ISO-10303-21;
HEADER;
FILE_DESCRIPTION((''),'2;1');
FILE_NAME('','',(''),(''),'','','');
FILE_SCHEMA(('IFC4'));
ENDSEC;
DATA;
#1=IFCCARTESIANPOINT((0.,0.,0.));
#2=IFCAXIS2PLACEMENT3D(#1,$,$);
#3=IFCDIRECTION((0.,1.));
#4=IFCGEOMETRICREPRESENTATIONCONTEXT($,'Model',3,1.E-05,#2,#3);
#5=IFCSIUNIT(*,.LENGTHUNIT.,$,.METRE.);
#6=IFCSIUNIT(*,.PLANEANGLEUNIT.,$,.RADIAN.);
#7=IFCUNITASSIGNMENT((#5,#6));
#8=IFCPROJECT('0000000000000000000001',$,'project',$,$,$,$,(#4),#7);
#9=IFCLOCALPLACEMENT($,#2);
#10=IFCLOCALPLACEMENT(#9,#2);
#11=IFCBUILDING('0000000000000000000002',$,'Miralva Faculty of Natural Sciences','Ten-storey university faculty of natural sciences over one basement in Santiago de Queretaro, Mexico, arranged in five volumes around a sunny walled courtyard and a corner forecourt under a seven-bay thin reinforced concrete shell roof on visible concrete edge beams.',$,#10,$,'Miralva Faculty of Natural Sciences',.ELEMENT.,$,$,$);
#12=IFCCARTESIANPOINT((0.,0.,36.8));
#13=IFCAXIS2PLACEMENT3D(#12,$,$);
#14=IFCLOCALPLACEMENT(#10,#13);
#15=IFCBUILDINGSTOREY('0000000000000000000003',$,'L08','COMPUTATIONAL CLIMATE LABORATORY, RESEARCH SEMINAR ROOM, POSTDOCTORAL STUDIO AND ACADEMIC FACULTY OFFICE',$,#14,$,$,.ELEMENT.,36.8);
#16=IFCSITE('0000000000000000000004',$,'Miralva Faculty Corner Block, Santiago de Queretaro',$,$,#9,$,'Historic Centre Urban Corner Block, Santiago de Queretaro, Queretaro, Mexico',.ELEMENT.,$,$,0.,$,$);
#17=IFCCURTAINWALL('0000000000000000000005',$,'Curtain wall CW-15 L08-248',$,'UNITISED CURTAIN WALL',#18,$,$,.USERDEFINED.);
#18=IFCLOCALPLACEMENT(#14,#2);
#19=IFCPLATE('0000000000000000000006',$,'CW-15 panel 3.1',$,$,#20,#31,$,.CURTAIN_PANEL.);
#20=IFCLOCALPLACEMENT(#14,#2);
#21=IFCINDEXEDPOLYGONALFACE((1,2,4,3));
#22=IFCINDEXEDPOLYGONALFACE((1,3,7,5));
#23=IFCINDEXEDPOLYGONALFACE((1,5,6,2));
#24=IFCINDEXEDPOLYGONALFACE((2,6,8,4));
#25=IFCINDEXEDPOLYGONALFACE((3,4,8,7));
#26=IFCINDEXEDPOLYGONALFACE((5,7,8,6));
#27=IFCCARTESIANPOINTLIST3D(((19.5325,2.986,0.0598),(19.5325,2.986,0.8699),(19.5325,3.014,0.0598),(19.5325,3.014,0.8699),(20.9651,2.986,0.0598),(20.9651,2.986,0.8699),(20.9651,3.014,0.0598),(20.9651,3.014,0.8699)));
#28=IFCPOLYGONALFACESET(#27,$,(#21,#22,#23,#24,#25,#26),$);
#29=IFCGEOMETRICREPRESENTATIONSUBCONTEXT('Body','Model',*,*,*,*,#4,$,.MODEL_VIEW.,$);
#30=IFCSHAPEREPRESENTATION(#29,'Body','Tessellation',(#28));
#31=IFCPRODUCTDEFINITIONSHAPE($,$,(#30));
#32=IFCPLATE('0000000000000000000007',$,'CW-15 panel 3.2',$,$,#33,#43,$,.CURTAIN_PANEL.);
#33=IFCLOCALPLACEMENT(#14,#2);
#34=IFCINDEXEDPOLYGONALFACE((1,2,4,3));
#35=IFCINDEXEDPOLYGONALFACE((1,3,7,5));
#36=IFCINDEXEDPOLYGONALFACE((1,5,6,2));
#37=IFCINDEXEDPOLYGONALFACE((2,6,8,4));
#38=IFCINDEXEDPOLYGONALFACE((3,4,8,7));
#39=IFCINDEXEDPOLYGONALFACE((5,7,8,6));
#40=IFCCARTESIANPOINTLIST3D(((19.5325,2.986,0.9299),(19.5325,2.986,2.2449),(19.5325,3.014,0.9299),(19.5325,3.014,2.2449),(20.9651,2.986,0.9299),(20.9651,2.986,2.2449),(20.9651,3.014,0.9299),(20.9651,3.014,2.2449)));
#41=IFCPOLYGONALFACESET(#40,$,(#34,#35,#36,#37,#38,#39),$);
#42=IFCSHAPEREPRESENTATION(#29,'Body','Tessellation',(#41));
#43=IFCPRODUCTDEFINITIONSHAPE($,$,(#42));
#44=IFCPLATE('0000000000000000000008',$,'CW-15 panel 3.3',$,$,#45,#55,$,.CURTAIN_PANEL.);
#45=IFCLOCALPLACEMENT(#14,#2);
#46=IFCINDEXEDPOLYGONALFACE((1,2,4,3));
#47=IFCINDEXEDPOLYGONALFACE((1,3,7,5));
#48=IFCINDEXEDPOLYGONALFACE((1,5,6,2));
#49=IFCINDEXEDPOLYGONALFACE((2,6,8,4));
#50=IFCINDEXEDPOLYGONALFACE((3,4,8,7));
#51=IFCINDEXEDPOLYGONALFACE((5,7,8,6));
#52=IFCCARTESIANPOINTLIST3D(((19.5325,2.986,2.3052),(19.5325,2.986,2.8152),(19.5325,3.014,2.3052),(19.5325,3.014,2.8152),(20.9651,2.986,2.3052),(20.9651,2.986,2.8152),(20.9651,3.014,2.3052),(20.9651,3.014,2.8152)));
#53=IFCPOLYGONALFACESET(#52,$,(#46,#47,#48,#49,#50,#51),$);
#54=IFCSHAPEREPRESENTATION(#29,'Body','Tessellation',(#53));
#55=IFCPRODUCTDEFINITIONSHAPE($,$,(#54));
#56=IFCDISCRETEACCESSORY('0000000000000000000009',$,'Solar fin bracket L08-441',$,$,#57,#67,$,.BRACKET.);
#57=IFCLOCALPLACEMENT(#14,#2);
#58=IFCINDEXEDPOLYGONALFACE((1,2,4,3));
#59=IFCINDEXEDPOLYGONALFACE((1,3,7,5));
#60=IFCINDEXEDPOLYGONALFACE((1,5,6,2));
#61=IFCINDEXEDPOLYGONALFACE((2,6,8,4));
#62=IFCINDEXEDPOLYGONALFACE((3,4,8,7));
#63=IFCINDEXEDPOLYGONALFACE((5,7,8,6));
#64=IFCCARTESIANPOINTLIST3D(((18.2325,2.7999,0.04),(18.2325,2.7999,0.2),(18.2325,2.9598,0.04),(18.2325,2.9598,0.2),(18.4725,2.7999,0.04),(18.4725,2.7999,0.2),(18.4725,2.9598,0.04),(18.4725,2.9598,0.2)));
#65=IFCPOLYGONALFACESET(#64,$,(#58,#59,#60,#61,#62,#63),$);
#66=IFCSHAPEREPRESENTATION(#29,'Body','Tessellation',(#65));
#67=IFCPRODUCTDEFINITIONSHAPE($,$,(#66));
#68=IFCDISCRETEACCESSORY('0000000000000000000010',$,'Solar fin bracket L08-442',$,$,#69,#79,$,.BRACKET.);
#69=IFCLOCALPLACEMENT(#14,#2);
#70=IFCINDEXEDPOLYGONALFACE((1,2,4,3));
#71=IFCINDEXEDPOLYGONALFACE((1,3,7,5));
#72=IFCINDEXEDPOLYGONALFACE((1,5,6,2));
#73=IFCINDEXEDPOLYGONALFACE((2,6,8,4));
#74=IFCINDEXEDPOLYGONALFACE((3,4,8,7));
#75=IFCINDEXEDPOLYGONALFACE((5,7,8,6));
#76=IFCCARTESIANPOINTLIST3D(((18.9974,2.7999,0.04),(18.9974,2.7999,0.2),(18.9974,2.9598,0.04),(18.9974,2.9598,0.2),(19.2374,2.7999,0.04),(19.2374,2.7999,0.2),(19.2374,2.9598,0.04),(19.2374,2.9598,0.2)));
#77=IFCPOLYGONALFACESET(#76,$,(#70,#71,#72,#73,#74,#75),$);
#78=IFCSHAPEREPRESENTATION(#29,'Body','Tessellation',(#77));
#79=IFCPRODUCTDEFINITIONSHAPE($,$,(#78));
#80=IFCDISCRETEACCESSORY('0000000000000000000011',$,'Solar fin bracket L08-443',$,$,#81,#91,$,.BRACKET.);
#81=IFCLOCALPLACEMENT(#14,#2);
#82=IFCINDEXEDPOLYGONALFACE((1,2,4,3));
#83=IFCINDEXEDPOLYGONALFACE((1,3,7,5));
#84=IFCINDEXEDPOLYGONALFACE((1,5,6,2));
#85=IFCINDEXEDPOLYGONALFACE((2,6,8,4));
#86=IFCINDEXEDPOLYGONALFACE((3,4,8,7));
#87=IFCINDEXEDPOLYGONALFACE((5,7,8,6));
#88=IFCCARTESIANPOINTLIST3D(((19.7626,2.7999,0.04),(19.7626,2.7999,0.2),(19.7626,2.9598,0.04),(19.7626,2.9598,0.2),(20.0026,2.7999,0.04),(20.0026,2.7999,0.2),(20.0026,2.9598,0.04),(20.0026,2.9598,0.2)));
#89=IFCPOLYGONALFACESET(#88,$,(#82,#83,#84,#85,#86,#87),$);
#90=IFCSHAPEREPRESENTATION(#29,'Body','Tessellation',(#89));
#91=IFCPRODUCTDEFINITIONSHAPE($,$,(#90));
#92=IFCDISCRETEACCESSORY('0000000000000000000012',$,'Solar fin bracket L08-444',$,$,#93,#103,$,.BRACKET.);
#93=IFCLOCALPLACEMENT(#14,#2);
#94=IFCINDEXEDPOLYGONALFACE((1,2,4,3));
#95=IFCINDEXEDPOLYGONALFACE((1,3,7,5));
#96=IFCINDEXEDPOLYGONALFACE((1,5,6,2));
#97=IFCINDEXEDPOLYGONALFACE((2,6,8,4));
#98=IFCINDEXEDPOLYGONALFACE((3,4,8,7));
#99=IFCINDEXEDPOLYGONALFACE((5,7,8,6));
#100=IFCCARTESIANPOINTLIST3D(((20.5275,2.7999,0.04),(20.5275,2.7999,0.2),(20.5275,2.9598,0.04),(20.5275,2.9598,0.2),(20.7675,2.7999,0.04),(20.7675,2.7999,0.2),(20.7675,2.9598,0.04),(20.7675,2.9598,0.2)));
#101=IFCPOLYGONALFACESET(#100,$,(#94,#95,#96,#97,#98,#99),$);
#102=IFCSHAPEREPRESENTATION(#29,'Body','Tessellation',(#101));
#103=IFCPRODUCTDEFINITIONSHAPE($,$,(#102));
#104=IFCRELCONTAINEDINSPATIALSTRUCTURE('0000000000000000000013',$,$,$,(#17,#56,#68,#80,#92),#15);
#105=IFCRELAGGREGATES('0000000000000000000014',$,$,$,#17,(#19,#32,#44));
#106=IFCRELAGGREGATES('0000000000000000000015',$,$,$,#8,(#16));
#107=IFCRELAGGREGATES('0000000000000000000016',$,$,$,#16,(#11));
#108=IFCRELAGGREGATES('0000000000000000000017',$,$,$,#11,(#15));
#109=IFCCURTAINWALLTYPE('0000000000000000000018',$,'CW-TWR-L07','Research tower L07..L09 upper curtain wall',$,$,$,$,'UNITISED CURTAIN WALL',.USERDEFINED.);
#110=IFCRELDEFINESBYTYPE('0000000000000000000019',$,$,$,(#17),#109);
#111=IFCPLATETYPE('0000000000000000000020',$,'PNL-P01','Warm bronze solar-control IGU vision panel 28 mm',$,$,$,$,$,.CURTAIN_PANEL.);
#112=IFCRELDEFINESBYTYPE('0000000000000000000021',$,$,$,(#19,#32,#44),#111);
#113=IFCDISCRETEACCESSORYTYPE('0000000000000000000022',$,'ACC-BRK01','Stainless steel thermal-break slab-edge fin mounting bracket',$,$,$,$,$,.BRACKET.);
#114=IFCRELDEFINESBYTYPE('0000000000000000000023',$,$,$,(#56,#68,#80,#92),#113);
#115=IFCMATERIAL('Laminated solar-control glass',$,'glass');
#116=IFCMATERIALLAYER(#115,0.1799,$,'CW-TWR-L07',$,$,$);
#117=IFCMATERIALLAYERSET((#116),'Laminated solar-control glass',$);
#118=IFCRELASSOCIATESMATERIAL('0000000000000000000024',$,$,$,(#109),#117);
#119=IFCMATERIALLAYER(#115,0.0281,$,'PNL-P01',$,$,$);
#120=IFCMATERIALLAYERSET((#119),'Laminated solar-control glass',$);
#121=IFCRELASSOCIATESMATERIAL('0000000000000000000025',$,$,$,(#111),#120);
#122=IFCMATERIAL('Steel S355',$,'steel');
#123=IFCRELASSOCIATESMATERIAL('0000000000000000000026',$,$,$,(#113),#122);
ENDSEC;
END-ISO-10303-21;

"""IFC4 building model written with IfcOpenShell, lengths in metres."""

from ifc_helpers import new_model, si_unit, direction, frame, origin, origin_2d, place, context, subcontext, project, spatial, rectangle, extrude, material, layer, layer_set, type_object, element, aggregate, save


model = new_model("IFC4")

# Units and contexts
model_context = context("Model", 3, precision=1e-05, world=origin(), true_north=direction((0.0, 1.0)))
body_context = subcontext(model_context, "Body", "Model", "MODEL_VIEW")
ifc_project = project(units=[si_unit("LENGTHUNIT", "METRE"), si_unit("PLANEANGLEUNIT", "RADIAN")], contexts=[model_context])

# Site, building, storey
site_placement = place(None, origin())
site = spatial("IfcSite", under=ifc_project, at=site_placement, Name="Miralva Faculty Corner Block, Santiago de Queretaro", LongName="Historic Centre Urban Corner Block, Santiago de Queretaro, Queretaro, Mexico", CompositionType="ELEMENT", RefElevation=0.0)
building_placement = place(site_placement, origin())
building = spatial("IfcBuilding", under=site, at=building_placement, Name="Miralva Faculty of Natural Sciences", Description="Ten-storey university faculty of natural sciences over one basement in Santiago de Queretaro, Mexico, arranged in five volumes around a sunny walled courtyard and a corner forecourt under a seven-bay thin reinforced concrete shell roof on visible concrete edge beams.", LongName="Miralva Faculty of Natural Sciences", CompositionType="ELEMENT")
storey_placement = place(building_placement, frame((0.0, 0.0, 36.8)))
storey = spatial("IfcBuildingStorey", under=building, at=storey_placement, Name="L08", Description="COMPUTATIONAL CLIMATE LABORATORY, RESEARCH SEMINAR ROOM, POSTDOCTORAL STUDIO AND ACADEMIC FACULTY OFFICE", CompositionType="ELEMENT", Elevation=36.8)

# Curtain wall
ifc_material_1 = material(Name="Laminated solar-control glass", Category="glass")
ifc_layer_1 = layer(ifc_material_1, 0.1799, Name="CW-TWR-L07")
ifc_layer_set_1 = layer_set([ifc_layer_1], Name="Laminated solar-control glass")
curtain_wall_type = type_object("IfcCurtainWallType", Name="CW-TWR-L07", Description="Research tower L07..L09 upper curtain wall", ElementType="UNITISED CURTAIN WALL", PredefinedType="USERDEFINED", material=ifc_layer_set_1)
curtain_wall_placement = place(storey_placement, origin())
curtain_wall = element("IfcCurtainWall", 1, at=curtain_wall_placement, inside=storey, type_object=curtain_wall_type, Name="Curtain wall CW-15 L08-248", ObjectType="UNITISED CURTAIN WALL", PredefinedType="USERDEFINED")

# Plates
ifc_layer_2 = layer(ifc_material_1, 0.0281, Name="PNL-P01")
ifc_layer_set_2 = layer_set([ifc_layer_2], Name="Laminated solar-control glass")
plate_type = type_object("IfcPlateType", Name="PNL-P01", Description="Warm bronze solar-control IGU vision panel 28 mm", PredefinedType="CURTAIN_PANEL", material=ifc_layer_set_2)
plate_1_placement = place(storey_placement, frame((20.2488, 3.0, 0.0598), z_axis=(0.0, 0.0, 1.0), x_axis=(1.0, 0.0, 0.0)))
plate_1 = element("IfcPlate", 2, at=plate_1_placement, type_object=plate_type, Name="CW-15 panel 3.1", PredefinedType="CURTAIN_PANEL", context=body_context, shape_type="SweptSolid", body=[
    extrude(rectangle(XDim=1.4326, YDim=0.0281, at=origin_2d()), origin(), (0.0, 0.0, 1.0), 0.8101),
])
plate_2_placement = place(storey_placement, frame((20.2488, 3.0, 0.9299), z_axis=(0.0, 0.0, 1.0), x_axis=(1.0, 0.0, 0.0)))
plate_2 = element("IfcPlate", 3, at=plate_2_placement, type_object=plate_type, Name="CW-15 panel 3.2", PredefinedType="CURTAIN_PANEL", context=body_context, shape_type="SweptSolid", body=[
    extrude(rectangle(XDim=1.4326, YDim=0.0281, at=origin_2d()), origin(), (0.0, 0.0, 1.0), 1.3149),
])
plate_3_placement = place(storey_placement, frame((20.2488, 3.0, 2.3052), z_axis=(0.0, 0.0, 1.0), x_axis=(1.0, 0.0, 0.0)))
plate_3 = element("IfcPlate", 4, at=plate_3_placement, type_object=plate_type, Name="CW-15 panel 3.3", PredefinedType="CURTAIN_PANEL", context=body_context, shape_type="SweptSolid", body=[
    extrude(rectangle(XDim=1.4326, YDim=0.0281, at=origin_2d()), origin(), (0.0, 0.0, 1.0), 0.51),
])
aggregate(curtain_wall, [plate_1, plate_2, plate_3])

# Discrete accessories
ifc_material_2 = material(Name="Steel S355", Category="steel")
discrete_accessory_type = type_object("IfcDiscreteAccessoryType", Name="ACC-BRK01", Description="Stainless steel thermal-break slab-edge fin mounting bracket", PredefinedType="BRACKET", material=ifc_material_2)
for number, where, z_axis, x_axis, name in (
    (5, (18.3525, 2.8799, 0.04), (0.0, 0.0, 1.0), (0.0, -1.0, 0.0), "Solar fin bracket L08-441"),
    (6, (19.1174, 2.8799, 0.04), (0.0, 0.0, 1.0), (0.0, -1.0, 0.0), "Solar fin bracket L08-442"),
    (7, (19.8826, 2.8799, 0.04), (0.0, 0.0, 1.0), (0.0, -1.0, 0.0), "Solar fin bracket L08-443"),
    (8, (20.6475, 2.8799, 0.04), (0.0, 0.0, 1.0), (0.0, -1.0, 0.0), "Solar fin bracket L08-444"),
):
    element("IfcDiscreteAccessory", number, at=place(storey_placement, frame(where, z_axis=z_axis, x_axis=x_axis)), inside=storey, type_object=discrete_accessory_type, Name=name, PredefinedType="BRACKET", context=body_context, shape_type="SweptSolid", body=[
        extrude(rectangle(XDim=0.1599, YDim=0.24, at=origin_2d()), origin(), (0.0, 0.0, 1.0), 0.1599),
    ])

save(model, "model.ifc")
